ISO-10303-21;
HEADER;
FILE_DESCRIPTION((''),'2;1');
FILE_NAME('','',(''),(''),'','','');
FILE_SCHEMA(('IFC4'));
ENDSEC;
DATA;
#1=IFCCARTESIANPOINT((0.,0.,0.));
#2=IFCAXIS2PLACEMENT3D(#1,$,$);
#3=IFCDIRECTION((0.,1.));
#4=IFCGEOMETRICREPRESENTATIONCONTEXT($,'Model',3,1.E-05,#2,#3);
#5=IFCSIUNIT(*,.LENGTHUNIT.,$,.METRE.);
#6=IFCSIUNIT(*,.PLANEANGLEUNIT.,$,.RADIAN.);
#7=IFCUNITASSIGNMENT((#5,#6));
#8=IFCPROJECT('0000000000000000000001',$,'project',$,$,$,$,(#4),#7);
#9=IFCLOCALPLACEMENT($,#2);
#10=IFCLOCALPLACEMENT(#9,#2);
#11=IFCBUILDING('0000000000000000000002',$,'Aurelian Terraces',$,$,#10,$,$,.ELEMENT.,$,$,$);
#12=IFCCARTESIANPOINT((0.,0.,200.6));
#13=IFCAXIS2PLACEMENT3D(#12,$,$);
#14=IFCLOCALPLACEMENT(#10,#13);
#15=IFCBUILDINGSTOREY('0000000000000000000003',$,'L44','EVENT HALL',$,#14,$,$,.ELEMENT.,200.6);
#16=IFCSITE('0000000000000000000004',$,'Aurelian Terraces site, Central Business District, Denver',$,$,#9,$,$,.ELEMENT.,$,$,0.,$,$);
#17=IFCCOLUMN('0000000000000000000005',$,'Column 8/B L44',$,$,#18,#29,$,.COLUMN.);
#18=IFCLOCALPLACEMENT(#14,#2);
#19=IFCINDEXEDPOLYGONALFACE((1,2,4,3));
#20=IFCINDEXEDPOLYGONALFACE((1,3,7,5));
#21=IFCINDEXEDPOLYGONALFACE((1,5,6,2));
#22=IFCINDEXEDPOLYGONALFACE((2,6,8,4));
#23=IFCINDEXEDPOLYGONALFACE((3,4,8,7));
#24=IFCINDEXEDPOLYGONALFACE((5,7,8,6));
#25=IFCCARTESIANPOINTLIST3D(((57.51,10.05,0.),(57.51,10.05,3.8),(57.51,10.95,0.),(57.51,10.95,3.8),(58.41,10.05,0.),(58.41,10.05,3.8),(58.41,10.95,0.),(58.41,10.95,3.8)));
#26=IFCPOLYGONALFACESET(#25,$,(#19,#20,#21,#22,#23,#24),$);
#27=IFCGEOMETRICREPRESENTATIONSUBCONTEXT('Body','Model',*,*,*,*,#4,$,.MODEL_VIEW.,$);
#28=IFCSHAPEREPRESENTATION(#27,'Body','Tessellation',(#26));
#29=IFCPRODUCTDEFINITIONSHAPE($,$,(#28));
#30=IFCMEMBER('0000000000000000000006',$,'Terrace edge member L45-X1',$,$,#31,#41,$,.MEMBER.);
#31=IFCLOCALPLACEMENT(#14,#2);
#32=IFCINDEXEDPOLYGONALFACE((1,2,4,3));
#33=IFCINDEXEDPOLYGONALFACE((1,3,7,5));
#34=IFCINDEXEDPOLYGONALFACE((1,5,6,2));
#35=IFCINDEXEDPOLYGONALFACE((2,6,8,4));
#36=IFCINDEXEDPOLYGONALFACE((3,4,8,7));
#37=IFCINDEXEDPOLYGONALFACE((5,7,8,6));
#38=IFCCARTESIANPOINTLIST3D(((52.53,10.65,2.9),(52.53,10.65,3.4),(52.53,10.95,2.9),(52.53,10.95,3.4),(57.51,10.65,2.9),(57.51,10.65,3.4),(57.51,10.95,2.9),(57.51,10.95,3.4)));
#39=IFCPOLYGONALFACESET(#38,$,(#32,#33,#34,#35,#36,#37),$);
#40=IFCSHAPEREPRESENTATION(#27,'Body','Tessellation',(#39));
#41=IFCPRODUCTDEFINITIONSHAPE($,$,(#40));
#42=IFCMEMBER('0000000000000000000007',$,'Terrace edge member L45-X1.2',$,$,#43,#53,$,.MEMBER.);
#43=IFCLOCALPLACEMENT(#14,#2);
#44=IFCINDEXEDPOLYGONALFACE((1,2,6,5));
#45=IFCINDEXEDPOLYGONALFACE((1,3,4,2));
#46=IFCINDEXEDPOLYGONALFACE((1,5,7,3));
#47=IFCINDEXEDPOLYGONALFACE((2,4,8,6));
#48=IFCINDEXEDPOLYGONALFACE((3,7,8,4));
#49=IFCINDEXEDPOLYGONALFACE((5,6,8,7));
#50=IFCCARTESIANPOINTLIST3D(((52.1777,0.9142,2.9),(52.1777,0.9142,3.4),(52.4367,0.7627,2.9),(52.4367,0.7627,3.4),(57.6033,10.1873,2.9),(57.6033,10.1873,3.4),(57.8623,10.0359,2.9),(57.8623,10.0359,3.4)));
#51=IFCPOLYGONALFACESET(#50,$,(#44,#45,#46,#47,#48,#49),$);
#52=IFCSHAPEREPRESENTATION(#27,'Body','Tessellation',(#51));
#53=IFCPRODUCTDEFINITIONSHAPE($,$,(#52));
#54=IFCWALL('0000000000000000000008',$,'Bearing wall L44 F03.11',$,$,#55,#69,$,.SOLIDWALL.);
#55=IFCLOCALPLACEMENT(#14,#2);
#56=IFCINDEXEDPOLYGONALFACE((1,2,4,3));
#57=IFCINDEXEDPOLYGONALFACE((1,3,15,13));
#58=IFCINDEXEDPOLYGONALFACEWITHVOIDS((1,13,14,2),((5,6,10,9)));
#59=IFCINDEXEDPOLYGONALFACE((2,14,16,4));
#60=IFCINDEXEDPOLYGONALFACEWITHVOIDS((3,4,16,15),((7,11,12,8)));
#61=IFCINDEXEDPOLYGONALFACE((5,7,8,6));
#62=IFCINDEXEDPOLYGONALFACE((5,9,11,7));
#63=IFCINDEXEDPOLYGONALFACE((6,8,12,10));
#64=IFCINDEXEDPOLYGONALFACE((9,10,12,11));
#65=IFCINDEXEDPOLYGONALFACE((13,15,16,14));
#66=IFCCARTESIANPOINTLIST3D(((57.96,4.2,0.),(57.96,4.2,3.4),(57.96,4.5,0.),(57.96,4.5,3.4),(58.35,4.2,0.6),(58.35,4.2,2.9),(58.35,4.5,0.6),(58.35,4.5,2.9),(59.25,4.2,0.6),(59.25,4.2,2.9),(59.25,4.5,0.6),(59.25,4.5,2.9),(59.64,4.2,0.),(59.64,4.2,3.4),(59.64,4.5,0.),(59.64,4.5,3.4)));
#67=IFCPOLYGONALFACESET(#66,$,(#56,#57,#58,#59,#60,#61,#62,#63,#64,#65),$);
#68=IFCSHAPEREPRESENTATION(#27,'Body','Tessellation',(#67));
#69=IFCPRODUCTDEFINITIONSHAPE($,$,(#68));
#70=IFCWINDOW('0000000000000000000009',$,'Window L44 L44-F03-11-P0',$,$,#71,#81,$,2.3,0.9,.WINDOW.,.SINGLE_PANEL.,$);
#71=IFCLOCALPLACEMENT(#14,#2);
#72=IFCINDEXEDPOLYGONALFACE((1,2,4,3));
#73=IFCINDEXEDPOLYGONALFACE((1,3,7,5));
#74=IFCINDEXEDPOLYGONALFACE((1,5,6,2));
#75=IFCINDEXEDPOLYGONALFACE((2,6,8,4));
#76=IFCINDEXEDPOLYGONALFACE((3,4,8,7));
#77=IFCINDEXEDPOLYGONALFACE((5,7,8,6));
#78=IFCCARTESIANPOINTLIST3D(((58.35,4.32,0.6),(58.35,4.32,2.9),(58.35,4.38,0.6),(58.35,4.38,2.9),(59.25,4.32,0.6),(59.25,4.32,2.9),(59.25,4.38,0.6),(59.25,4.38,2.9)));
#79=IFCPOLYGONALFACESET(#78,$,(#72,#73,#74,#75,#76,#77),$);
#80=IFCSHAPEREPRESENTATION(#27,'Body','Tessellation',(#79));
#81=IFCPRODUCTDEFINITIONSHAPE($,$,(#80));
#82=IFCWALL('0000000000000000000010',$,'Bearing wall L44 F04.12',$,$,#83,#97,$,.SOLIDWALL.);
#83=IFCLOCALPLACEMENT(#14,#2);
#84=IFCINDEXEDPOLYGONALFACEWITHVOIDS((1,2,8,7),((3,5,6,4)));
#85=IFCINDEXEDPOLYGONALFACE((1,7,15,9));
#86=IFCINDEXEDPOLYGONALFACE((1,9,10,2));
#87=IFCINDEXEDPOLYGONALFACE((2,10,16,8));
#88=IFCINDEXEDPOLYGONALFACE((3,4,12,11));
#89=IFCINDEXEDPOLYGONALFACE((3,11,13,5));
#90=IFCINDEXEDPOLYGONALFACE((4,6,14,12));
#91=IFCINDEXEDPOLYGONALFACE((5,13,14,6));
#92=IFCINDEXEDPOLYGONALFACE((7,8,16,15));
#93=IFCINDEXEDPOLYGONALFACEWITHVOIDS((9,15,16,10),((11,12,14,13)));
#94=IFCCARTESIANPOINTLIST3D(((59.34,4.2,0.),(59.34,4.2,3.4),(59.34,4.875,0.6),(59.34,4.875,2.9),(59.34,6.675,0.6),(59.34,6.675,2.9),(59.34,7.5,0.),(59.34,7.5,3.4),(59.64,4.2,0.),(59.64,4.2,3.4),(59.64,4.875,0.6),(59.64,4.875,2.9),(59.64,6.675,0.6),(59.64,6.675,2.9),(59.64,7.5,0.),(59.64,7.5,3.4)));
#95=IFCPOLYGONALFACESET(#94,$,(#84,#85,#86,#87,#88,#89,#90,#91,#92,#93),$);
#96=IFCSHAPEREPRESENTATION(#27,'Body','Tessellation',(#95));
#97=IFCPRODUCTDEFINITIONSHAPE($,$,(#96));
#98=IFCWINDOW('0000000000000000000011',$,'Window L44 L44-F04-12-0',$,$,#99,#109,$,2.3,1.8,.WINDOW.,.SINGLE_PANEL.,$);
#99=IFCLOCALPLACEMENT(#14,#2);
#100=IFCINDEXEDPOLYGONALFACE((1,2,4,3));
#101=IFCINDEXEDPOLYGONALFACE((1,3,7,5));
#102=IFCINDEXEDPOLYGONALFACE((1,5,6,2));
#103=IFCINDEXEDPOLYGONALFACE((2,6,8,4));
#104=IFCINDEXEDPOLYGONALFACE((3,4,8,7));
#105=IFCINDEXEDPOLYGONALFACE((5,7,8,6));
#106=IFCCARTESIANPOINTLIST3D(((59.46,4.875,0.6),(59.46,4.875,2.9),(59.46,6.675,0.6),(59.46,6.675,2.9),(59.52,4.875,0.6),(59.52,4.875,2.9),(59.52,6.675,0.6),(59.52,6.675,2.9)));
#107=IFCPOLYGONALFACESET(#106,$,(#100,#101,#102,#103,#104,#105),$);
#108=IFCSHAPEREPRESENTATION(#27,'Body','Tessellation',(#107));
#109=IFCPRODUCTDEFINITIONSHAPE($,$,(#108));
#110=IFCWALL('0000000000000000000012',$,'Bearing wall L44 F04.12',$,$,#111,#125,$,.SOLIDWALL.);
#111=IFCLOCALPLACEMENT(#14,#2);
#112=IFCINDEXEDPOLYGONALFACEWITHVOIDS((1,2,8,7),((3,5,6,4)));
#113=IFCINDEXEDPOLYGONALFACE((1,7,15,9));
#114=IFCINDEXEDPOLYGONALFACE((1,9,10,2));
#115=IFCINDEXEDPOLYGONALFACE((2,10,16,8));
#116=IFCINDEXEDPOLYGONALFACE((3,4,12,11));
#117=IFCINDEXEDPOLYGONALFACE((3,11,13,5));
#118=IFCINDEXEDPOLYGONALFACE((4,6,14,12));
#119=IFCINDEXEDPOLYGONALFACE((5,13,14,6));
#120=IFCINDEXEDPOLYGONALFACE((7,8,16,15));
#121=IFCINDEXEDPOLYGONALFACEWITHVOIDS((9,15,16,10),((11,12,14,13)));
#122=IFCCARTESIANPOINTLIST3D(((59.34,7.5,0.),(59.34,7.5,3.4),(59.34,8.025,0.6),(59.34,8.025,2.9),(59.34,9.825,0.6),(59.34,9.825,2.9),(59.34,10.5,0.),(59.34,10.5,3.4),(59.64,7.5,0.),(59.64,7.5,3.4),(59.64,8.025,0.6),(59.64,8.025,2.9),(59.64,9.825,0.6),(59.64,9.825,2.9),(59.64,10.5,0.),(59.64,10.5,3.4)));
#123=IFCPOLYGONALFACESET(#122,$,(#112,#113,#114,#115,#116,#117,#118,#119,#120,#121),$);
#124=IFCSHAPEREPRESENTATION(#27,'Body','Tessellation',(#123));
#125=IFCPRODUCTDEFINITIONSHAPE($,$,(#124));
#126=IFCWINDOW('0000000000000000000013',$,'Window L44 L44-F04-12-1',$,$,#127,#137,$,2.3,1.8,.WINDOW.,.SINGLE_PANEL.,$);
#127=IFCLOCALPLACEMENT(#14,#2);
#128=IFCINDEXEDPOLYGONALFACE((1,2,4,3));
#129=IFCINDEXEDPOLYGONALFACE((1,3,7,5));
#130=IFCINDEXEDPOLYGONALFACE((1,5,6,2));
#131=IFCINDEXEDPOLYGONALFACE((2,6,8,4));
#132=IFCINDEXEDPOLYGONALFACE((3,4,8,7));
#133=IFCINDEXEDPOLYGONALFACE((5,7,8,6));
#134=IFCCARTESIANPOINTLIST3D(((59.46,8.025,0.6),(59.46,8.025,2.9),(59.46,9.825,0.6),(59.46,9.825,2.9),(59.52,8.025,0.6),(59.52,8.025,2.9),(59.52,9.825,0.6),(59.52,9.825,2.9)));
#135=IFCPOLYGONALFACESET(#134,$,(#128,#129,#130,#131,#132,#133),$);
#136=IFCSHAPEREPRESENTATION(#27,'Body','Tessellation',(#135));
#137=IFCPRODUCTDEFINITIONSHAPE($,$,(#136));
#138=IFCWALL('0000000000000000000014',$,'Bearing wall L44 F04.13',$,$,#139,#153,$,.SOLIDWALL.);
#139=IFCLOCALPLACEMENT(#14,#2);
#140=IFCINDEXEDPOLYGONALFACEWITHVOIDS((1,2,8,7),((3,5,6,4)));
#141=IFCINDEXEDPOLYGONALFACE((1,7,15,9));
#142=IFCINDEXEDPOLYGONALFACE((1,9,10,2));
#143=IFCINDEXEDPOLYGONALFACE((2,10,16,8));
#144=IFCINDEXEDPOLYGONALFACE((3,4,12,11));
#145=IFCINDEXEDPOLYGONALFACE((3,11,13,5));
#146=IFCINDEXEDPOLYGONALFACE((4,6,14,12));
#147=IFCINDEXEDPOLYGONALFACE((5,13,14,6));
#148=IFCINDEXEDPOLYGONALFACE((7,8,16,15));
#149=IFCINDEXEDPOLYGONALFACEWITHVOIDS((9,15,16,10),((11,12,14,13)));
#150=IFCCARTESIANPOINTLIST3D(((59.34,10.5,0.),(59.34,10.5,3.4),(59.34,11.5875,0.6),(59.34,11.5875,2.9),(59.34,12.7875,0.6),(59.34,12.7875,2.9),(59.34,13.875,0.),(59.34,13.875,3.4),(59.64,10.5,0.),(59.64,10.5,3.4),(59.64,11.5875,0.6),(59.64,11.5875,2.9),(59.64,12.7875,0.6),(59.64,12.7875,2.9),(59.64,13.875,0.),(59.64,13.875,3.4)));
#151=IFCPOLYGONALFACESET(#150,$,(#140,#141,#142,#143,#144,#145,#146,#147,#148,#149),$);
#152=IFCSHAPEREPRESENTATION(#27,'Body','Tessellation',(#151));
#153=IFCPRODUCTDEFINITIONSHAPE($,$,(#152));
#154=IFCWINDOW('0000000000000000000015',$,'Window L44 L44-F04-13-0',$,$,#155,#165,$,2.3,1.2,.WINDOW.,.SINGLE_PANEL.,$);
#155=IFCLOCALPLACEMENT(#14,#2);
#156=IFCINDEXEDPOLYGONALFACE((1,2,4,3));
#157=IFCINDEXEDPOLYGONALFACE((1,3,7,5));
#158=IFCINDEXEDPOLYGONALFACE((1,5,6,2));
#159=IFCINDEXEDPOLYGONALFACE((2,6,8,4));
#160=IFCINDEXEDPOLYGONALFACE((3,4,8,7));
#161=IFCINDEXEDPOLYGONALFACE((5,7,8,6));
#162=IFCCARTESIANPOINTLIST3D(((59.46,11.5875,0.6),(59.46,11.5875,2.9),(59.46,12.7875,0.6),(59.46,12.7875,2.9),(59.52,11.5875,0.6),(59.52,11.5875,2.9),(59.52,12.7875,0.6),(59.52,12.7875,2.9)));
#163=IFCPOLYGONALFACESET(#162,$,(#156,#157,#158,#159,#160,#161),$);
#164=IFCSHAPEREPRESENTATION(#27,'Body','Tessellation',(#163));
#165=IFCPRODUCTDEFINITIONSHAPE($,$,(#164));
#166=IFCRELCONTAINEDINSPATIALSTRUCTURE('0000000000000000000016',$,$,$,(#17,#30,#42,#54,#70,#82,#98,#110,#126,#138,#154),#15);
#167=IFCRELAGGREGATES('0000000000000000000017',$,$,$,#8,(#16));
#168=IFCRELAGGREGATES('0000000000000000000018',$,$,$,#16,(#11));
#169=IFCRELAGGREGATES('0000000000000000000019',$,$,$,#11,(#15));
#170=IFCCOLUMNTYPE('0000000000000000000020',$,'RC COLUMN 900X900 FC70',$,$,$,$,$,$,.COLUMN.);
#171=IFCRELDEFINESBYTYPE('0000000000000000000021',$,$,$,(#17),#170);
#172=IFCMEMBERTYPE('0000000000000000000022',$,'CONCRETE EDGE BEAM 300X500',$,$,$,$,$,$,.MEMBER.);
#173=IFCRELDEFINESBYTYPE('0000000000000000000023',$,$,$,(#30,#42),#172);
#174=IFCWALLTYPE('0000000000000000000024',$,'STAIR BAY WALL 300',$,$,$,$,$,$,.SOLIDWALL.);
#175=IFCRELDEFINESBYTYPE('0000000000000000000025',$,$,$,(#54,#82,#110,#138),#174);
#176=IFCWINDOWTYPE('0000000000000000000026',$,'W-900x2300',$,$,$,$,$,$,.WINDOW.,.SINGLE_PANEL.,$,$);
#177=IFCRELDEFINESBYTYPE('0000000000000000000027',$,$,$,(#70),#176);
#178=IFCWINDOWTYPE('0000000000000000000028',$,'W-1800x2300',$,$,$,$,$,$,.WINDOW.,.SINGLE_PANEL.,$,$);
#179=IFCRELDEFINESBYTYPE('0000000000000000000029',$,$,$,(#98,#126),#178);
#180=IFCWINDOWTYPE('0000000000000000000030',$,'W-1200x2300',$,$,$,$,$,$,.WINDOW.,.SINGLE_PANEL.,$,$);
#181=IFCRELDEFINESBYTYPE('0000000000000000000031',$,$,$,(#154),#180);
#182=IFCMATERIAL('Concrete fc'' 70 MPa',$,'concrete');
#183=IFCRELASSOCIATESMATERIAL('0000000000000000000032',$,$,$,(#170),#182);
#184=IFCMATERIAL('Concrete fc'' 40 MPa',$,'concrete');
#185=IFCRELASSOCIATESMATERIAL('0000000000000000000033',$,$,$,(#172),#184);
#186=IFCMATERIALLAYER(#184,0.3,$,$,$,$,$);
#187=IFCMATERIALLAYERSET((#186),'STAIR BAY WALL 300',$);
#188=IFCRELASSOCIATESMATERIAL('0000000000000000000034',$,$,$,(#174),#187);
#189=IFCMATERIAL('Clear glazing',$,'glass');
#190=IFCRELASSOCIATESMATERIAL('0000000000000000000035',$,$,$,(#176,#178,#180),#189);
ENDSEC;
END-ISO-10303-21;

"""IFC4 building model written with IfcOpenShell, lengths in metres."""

from ifc_helpers import new_model, si_unit, direction, frame, frame_2d, origin, origin_2d, place, context, subcontext, project, spatial, rectangle, extrude, source, transform, mapped, material, layer, layer_set, material_profile, profile_set, type_object, element, fill, save


model = new_model("IFC4")

# Units and contexts
model_context = context("Model", 3, precision=1e-05, world=origin(), true_north=direction((0.0, 1.0)))
body_context = subcontext(model_context, "Body", "Model", "MODEL_VIEW")
ifc_project = project(units=[si_unit("LENGTHUNIT", "METRE"), si_unit("PLANEANGLEUNIT", "RADIAN")], contexts=[model_context])

# Site, building, storey
site_placement = place(None, origin())
site = spatial("IfcSite", under=ifc_project, at=site_placement, Name="Aurelian Terraces site, Central Business District, Denver", CompositionType="ELEMENT", RefElevation=0.0)
building_placement = place(site_placement, origin())
building = spatial("IfcBuilding", under=site, at=building_placement, Name="Aurelian Terraces", CompositionType="ELEMENT")
storey_placement = place(building_placement, frame((0.0, 0.0, 200.6)))
storey = spatial("IfcBuildingStorey", under=building, at=storey_placement, Name="L44", Description="EVENT HALL", CompositionType="ELEMENT", Elevation=200.6)

# Column
ifc_material_1 = material(Name="Concrete fc' 70 MPa", Category="concrete")
ifc_material_profile_1 = material_profile(ifc_material_1, rectangle(XDim=0.9, YDim=0.9, at=origin_2d()))
ifc_profile_set_1 = profile_set([ifc_material_profile_1], Name="Concrete fc' 70 MPa")
column_type = type_object("IfcColumnType", Name="RC COLUMN 900X900 FC70", PredefinedType="COLUMN", material=ifc_profile_set_1)
shared_shape_1 = source(origin(), body_context, "Body", "SweptSolid", [
    extrude(rectangle(XDim=0.9, YDim=0.9, at=origin_2d()), origin(), (0.0, 0.0, 1.0), 3.8),
])
column_placement = place(storey_placement, frame((57.96, 10.5, 0.0), z_axis=(0.0, 0.0, 1.0), x_axis=(1.0, 0.0, 0.0)))
element("IfcColumn", 1, at=column_placement, inside=storey, type_object=column_type, Name="Column 8/B L44", PredefinedType="COLUMN", context=body_context, shape_type="MappedRepresentation", body=[
    mapped(shared_shape_1, transform((0.0, 0.0, 0.0), scale=1.0)),
])

# Members
ifc_material_2 = material(Name="Concrete fc' 40 MPa", Category="concrete")
ifc_material_profile_2 = material_profile(ifc_material_2, rectangle(XDim=0.3, YDim=0.5, at=origin_2d()))
ifc_profile_set_2 = profile_set([ifc_material_profile_2], Name="Concrete fc' 40 MPa")
member_type = type_object("IfcMemberType", Name="CONCRETE EDGE BEAM 300X500", PredefinedType="MEMBER", material=ifc_profile_set_2)
member_1_placement = place(storey_placement, frame((57.51, 10.8, 3.15), z_axis=(-1.0, 0.0, 0.0), x_axis=(0.0, -1.0, 0.0)))
element("IfcMember", 2, at=member_1_placement, inside=storey, type_object=member_type, Name="Terrace edge member L45-X1", PredefinedType="MEMBER", context=body_context, shape_type="SweptSolid", body=[
    extrude(rectangle(XDim=0.3, YDim=0.5, at=origin_2d()), origin(), (0.0, 0.0, 1.0), 4.98),
])
member_2_placement = place(storey_placement, frame((57.7328, 10.1116, 3.15), z_axis=(-0.504998, -0.863121, 0.0), x_axis=(0.863121, -0.504998, 0.0)))
element("IfcMember", 3, at=member_2_placement, inside=storey, type_object=member_type, Name="Terrace edge member L45-X1.2", PredefinedType="MEMBER", context=body_context, shape_type="SweptSolid", body=[
    extrude(rectangle(XDim=0.3, YDim=0.5, at=origin_2d()), origin(), (0.0, 0.0, 1.0), 10.7438),
])

# Walls, openings, windows
ifc_layer_1 = layer(ifc_material_2, 0.3)
ifc_layer_set_1 = layer_set([ifc_layer_1], Name="STAIR BAY WALL 300")
wall_type_1 = type_object("IfcWallType", Name="STAIR BAY WALL 300", PredefinedType="SOLIDWALL", material=ifc_layer_set_1)
wall_1_placement = place(storey_placement, frame((57.96, 4.35, 0.0), z_axis=(0.0, 0.0, 1.0), x_axis=(1.0, 0.0, 0.0)))
wall_1 = element("IfcWall", 4, at=wall_1_placement, inside=storey, type_object=wall_type_1, Name="Bearing wall L44 F03.11", PredefinedType="SOLIDWALL", context=body_context, shape_type="SweptSolid", body=[
    extrude(rectangle(XDim=1.68, YDim=0.3, at=frame_2d((0.84, 0.0))), origin(), (0.0, 0.0, 1.0), 3.4),
])
shared_shape_2 = source(origin(), body_context, "Body", "SweptSolid", [
    extrude(rectangle(XDim=0.9, YDim=2.3, at=frame_2d((0.45, 1.15))), frame((0.0, 0.16, 0.0), z_axis=(0.0, -1.0, 0.0), x_axis=(1.0, 0.0, 0.0)), (0.0, 0.0, 1.0), 0.32),
])
opening_1_placement = place(wall_1_placement, frame((0.39, 0.0, 0.6)))
opening_1 = element("IfcOpeningElement", 5, at=opening_1_placement, cuts=wall_1, PredefinedType="OPENING", context=body_context, shape_type="MappedRepresentation", body=[
    mapped(shared_shape_2, transform((0.0, 0.0, 0.0), scale=1.0)),
])
ifc_material_3 = material(Name="Clear glazing", Category="glass")
window_type_1 = type_object("IfcWindowType", Name="W-900x2300", PartitioningType="SINGLE_PANEL", PredefinedType="WINDOW", material=ifc_material_3)
shared_shape_3 = source(origin(), body_context, "Body", "SweptSolid", [
    extrude(rectangle(XDim=0.9, YDim=2.3, at=frame_2d((0.45, 1.15))), frame((0.0, 0.03, 0.0), z_axis=(0.0, -1.0, 0.0), x_axis=(1.0, 0.0, 0.0)), (0.0, 0.0, 1.0), 0.06),
])
window_1_placement = place(opening_1_placement, origin())
window_1 = element("IfcWindow", 6, at=window_1_placement, inside=storey, type_object=window_type_1, Name="Window L44 L44-F03-11-P0", OverallHeight=2.3, OverallWidth=0.9, PartitioningType="SINGLE_PANEL", PredefinedType="WINDOW", context=body_context, shape_type="MappedRepresentation", body=[
    mapped(shared_shape_3, transform((0.0, 0.0, 0.0), scale=1.0)),
])
fill(opening_1, window_1)
wall_2_placement = place(storey_placement, frame((59.49, 4.2, 0.0), z_axis=(0.0, 0.0, 1.0), x_axis=(0.0, 1.0, 0.0)))
wall_2 = element("IfcWall", 7, at=wall_2_placement, inside=storey, type_object=wall_type_1, Name="Bearing wall L44 F04.12", PredefinedType="SOLIDWALL", context=body_context, shape_type="SweptSolid", body=[
    extrude(rectangle(XDim=3.3, YDim=0.3, at=frame_2d((1.65, 0.0))), origin(), (0.0, 0.0, 1.0), 3.4),
])
shared_shape_4 = source(origin(), body_context, "Body", "SweptSolid", [
    extrude(rectangle(XDim=1.8, YDim=2.3, at=frame_2d((0.9, 1.15))), frame((0.0, 0.16, 0.0), z_axis=(0.0, -1.0, 0.0), x_axis=(1.0, 0.0, 0.0)), (0.0, 0.0, 1.0), 0.32),
])
opening_2_placement = place(wall_2_placement, frame((0.675, 0.0, 0.6)))
opening_2 = element("IfcOpeningElement", 8, at=opening_2_placement, cuts=wall_2, PredefinedType="OPENING", context=body_context, shape_type="MappedRepresentation", body=[
    mapped(shared_shape_4, transform((0.0, 0.0, 0.0), scale=1.0)),
])
window_type_2 = type_object("IfcWindowType", Name="W-1800x2300", PartitioningType="SINGLE_PANEL", PredefinedType="WINDOW", material=ifc_material_3)
shared_shape_5 = source(origin(), body_context, "Body", "SweptSolid", [
    extrude(rectangle(XDim=1.8, YDim=2.3, at=frame_2d((0.9, 1.15))), frame((0.0, 0.03, 0.0), z_axis=(0.0, -1.0, 0.0), x_axis=(1.0, 0.0, 0.0)), (0.0, 0.0, 1.0), 0.06),
])
window_2_placement = place(opening_2_placement, origin())
window_2 = element("IfcWindow", 9, at=window_2_placement, inside=storey, type_object=window_type_2, Name="Window L44 L44-F04-12-0", OverallHeight=2.3, OverallWidth=1.8, PartitioningType="SINGLE_PANEL", PredefinedType="WINDOW", context=body_context, shape_type="MappedRepresentation", body=[
    mapped(shared_shape_5, transform((0.0, 0.0, 0.0), scale=1.0)),
])
fill(opening_2, window_2)
wall_3_placement = place(storey_placement, frame((59.49, 7.5, 0.0), z_axis=(0.0, 0.0, 1.0), x_axis=(0.0, 1.0, 0.0)))
wall_3 = element("IfcWall", 10, at=wall_3_placement, inside=storey, type_object=wall_type_1, Name="Bearing wall L44 F04.12", PredefinedType="SOLIDWALL", context=body_context, shape_type="SweptSolid", body=[
    extrude(rectangle(XDim=3.0, YDim=0.3, at=frame_2d((1.5, 0.0))), origin(), (0.0, 0.0, 1.0), 3.4),
])
opening_3_placement = place(wall_3_placement, frame((0.525, 0.0, 0.6)))
opening_3 = element("IfcOpeningElement", 11, at=opening_3_placement, cuts=wall_3, PredefinedType="OPENING", context=body_context, shape_type="MappedRepresentation", body=[
    mapped(shared_shape_4, transform((0.0, 0.0, 0.0), scale=1.0)),
])
window_3_placement = place(opening_3_placement, origin())
window_3 = element("IfcWindow", 12, at=window_3_placement, inside=storey, type_object=window_type_2, Name="Window L44 L44-F04-12-1", OverallHeight=2.3, OverallWidth=1.8, PartitioningType="SINGLE_PANEL", PredefinedType="WINDOW", context=body_context, shape_type="MappedRepresentation", body=[
    mapped(shared_shape_5, transform((0.0, 0.0, 0.0), scale=1.0)),
])
fill(opening_3, window_3)
wall_4_placement = place(storey_placement, frame((59.49, 10.5, 0.0), z_axis=(0.0, 0.0, 1.0), x_axis=(0.0, 1.0, 0.0)))
wall_4 = element("IfcWall", 13, at=wall_4_placement, inside=storey, type_object=wall_type_1, Name="Bearing wall L44 F04.13", PredefinedType="SOLIDWALL", context=body_context, shape_type="SweptSolid", body=[
    extrude(rectangle(XDim=3.375, YDim=0.3, at=frame_2d((1.6875, 0.0))), origin(), (0.0, 0.0, 1.0), 3.4),
])
shared_shape_6 = source(origin(), body_context, "Body", "SweptSolid", [
    extrude(rectangle(XDim=1.2, YDim=2.3, at=frame_2d((0.6, 1.15))), frame((0.0, 0.16, 0.0), z_axis=(0.0, -1.0, 0.0), x_axis=(1.0, 0.0, 0.0)), (0.0, 0.0, 1.0), 0.32),
])
opening_4_placement = place(wall_4_placement, frame((1.0875, 0.0, 0.6)))
opening_4 = element("IfcOpeningElement", 14, at=opening_4_placement, cuts=wall_4, PredefinedType="OPENING", context=body_context, shape_type="MappedRepresentation", body=[
    mapped(shared_shape_6, transform((0.0, 0.0, 0.0), scale=1.0)),
])
window_type_3 = type_object("IfcWindowType", Name="W-1200x2300", PartitioningType="SINGLE_PANEL", PredefinedType="WINDOW", material=ifc_material_3)
shared_shape_7 = source(origin(), body_context, "Body", "SweptSolid", [
    extrude(rectangle(XDim=1.2, YDim=2.3, at=frame_2d((0.6, 1.15))), frame((0.0, 0.03, 0.0), z_axis=(0.0, -1.0, 0.0), x_axis=(1.0, 0.0, 0.0)), (0.0, 0.0, 1.0), 0.06),
])
window_4_placement = place(opening_4_placement, origin())
window_4 = element("IfcWindow", 15, at=window_4_placement, inside=storey, type_object=window_type_3, Name="Window L44 L44-F04-13-0", OverallHeight=2.3, OverallWidth=1.2, PartitioningType="SINGLE_PANEL", PredefinedType="WINDOW", context=body_context, shape_type="MappedRepresentation", body=[
    mapped(shared_shape_7, transform((0.0, 0.0, 0.0), scale=1.0)),
])
fill(opening_4, window_4)

save(model, "model.ifc")
